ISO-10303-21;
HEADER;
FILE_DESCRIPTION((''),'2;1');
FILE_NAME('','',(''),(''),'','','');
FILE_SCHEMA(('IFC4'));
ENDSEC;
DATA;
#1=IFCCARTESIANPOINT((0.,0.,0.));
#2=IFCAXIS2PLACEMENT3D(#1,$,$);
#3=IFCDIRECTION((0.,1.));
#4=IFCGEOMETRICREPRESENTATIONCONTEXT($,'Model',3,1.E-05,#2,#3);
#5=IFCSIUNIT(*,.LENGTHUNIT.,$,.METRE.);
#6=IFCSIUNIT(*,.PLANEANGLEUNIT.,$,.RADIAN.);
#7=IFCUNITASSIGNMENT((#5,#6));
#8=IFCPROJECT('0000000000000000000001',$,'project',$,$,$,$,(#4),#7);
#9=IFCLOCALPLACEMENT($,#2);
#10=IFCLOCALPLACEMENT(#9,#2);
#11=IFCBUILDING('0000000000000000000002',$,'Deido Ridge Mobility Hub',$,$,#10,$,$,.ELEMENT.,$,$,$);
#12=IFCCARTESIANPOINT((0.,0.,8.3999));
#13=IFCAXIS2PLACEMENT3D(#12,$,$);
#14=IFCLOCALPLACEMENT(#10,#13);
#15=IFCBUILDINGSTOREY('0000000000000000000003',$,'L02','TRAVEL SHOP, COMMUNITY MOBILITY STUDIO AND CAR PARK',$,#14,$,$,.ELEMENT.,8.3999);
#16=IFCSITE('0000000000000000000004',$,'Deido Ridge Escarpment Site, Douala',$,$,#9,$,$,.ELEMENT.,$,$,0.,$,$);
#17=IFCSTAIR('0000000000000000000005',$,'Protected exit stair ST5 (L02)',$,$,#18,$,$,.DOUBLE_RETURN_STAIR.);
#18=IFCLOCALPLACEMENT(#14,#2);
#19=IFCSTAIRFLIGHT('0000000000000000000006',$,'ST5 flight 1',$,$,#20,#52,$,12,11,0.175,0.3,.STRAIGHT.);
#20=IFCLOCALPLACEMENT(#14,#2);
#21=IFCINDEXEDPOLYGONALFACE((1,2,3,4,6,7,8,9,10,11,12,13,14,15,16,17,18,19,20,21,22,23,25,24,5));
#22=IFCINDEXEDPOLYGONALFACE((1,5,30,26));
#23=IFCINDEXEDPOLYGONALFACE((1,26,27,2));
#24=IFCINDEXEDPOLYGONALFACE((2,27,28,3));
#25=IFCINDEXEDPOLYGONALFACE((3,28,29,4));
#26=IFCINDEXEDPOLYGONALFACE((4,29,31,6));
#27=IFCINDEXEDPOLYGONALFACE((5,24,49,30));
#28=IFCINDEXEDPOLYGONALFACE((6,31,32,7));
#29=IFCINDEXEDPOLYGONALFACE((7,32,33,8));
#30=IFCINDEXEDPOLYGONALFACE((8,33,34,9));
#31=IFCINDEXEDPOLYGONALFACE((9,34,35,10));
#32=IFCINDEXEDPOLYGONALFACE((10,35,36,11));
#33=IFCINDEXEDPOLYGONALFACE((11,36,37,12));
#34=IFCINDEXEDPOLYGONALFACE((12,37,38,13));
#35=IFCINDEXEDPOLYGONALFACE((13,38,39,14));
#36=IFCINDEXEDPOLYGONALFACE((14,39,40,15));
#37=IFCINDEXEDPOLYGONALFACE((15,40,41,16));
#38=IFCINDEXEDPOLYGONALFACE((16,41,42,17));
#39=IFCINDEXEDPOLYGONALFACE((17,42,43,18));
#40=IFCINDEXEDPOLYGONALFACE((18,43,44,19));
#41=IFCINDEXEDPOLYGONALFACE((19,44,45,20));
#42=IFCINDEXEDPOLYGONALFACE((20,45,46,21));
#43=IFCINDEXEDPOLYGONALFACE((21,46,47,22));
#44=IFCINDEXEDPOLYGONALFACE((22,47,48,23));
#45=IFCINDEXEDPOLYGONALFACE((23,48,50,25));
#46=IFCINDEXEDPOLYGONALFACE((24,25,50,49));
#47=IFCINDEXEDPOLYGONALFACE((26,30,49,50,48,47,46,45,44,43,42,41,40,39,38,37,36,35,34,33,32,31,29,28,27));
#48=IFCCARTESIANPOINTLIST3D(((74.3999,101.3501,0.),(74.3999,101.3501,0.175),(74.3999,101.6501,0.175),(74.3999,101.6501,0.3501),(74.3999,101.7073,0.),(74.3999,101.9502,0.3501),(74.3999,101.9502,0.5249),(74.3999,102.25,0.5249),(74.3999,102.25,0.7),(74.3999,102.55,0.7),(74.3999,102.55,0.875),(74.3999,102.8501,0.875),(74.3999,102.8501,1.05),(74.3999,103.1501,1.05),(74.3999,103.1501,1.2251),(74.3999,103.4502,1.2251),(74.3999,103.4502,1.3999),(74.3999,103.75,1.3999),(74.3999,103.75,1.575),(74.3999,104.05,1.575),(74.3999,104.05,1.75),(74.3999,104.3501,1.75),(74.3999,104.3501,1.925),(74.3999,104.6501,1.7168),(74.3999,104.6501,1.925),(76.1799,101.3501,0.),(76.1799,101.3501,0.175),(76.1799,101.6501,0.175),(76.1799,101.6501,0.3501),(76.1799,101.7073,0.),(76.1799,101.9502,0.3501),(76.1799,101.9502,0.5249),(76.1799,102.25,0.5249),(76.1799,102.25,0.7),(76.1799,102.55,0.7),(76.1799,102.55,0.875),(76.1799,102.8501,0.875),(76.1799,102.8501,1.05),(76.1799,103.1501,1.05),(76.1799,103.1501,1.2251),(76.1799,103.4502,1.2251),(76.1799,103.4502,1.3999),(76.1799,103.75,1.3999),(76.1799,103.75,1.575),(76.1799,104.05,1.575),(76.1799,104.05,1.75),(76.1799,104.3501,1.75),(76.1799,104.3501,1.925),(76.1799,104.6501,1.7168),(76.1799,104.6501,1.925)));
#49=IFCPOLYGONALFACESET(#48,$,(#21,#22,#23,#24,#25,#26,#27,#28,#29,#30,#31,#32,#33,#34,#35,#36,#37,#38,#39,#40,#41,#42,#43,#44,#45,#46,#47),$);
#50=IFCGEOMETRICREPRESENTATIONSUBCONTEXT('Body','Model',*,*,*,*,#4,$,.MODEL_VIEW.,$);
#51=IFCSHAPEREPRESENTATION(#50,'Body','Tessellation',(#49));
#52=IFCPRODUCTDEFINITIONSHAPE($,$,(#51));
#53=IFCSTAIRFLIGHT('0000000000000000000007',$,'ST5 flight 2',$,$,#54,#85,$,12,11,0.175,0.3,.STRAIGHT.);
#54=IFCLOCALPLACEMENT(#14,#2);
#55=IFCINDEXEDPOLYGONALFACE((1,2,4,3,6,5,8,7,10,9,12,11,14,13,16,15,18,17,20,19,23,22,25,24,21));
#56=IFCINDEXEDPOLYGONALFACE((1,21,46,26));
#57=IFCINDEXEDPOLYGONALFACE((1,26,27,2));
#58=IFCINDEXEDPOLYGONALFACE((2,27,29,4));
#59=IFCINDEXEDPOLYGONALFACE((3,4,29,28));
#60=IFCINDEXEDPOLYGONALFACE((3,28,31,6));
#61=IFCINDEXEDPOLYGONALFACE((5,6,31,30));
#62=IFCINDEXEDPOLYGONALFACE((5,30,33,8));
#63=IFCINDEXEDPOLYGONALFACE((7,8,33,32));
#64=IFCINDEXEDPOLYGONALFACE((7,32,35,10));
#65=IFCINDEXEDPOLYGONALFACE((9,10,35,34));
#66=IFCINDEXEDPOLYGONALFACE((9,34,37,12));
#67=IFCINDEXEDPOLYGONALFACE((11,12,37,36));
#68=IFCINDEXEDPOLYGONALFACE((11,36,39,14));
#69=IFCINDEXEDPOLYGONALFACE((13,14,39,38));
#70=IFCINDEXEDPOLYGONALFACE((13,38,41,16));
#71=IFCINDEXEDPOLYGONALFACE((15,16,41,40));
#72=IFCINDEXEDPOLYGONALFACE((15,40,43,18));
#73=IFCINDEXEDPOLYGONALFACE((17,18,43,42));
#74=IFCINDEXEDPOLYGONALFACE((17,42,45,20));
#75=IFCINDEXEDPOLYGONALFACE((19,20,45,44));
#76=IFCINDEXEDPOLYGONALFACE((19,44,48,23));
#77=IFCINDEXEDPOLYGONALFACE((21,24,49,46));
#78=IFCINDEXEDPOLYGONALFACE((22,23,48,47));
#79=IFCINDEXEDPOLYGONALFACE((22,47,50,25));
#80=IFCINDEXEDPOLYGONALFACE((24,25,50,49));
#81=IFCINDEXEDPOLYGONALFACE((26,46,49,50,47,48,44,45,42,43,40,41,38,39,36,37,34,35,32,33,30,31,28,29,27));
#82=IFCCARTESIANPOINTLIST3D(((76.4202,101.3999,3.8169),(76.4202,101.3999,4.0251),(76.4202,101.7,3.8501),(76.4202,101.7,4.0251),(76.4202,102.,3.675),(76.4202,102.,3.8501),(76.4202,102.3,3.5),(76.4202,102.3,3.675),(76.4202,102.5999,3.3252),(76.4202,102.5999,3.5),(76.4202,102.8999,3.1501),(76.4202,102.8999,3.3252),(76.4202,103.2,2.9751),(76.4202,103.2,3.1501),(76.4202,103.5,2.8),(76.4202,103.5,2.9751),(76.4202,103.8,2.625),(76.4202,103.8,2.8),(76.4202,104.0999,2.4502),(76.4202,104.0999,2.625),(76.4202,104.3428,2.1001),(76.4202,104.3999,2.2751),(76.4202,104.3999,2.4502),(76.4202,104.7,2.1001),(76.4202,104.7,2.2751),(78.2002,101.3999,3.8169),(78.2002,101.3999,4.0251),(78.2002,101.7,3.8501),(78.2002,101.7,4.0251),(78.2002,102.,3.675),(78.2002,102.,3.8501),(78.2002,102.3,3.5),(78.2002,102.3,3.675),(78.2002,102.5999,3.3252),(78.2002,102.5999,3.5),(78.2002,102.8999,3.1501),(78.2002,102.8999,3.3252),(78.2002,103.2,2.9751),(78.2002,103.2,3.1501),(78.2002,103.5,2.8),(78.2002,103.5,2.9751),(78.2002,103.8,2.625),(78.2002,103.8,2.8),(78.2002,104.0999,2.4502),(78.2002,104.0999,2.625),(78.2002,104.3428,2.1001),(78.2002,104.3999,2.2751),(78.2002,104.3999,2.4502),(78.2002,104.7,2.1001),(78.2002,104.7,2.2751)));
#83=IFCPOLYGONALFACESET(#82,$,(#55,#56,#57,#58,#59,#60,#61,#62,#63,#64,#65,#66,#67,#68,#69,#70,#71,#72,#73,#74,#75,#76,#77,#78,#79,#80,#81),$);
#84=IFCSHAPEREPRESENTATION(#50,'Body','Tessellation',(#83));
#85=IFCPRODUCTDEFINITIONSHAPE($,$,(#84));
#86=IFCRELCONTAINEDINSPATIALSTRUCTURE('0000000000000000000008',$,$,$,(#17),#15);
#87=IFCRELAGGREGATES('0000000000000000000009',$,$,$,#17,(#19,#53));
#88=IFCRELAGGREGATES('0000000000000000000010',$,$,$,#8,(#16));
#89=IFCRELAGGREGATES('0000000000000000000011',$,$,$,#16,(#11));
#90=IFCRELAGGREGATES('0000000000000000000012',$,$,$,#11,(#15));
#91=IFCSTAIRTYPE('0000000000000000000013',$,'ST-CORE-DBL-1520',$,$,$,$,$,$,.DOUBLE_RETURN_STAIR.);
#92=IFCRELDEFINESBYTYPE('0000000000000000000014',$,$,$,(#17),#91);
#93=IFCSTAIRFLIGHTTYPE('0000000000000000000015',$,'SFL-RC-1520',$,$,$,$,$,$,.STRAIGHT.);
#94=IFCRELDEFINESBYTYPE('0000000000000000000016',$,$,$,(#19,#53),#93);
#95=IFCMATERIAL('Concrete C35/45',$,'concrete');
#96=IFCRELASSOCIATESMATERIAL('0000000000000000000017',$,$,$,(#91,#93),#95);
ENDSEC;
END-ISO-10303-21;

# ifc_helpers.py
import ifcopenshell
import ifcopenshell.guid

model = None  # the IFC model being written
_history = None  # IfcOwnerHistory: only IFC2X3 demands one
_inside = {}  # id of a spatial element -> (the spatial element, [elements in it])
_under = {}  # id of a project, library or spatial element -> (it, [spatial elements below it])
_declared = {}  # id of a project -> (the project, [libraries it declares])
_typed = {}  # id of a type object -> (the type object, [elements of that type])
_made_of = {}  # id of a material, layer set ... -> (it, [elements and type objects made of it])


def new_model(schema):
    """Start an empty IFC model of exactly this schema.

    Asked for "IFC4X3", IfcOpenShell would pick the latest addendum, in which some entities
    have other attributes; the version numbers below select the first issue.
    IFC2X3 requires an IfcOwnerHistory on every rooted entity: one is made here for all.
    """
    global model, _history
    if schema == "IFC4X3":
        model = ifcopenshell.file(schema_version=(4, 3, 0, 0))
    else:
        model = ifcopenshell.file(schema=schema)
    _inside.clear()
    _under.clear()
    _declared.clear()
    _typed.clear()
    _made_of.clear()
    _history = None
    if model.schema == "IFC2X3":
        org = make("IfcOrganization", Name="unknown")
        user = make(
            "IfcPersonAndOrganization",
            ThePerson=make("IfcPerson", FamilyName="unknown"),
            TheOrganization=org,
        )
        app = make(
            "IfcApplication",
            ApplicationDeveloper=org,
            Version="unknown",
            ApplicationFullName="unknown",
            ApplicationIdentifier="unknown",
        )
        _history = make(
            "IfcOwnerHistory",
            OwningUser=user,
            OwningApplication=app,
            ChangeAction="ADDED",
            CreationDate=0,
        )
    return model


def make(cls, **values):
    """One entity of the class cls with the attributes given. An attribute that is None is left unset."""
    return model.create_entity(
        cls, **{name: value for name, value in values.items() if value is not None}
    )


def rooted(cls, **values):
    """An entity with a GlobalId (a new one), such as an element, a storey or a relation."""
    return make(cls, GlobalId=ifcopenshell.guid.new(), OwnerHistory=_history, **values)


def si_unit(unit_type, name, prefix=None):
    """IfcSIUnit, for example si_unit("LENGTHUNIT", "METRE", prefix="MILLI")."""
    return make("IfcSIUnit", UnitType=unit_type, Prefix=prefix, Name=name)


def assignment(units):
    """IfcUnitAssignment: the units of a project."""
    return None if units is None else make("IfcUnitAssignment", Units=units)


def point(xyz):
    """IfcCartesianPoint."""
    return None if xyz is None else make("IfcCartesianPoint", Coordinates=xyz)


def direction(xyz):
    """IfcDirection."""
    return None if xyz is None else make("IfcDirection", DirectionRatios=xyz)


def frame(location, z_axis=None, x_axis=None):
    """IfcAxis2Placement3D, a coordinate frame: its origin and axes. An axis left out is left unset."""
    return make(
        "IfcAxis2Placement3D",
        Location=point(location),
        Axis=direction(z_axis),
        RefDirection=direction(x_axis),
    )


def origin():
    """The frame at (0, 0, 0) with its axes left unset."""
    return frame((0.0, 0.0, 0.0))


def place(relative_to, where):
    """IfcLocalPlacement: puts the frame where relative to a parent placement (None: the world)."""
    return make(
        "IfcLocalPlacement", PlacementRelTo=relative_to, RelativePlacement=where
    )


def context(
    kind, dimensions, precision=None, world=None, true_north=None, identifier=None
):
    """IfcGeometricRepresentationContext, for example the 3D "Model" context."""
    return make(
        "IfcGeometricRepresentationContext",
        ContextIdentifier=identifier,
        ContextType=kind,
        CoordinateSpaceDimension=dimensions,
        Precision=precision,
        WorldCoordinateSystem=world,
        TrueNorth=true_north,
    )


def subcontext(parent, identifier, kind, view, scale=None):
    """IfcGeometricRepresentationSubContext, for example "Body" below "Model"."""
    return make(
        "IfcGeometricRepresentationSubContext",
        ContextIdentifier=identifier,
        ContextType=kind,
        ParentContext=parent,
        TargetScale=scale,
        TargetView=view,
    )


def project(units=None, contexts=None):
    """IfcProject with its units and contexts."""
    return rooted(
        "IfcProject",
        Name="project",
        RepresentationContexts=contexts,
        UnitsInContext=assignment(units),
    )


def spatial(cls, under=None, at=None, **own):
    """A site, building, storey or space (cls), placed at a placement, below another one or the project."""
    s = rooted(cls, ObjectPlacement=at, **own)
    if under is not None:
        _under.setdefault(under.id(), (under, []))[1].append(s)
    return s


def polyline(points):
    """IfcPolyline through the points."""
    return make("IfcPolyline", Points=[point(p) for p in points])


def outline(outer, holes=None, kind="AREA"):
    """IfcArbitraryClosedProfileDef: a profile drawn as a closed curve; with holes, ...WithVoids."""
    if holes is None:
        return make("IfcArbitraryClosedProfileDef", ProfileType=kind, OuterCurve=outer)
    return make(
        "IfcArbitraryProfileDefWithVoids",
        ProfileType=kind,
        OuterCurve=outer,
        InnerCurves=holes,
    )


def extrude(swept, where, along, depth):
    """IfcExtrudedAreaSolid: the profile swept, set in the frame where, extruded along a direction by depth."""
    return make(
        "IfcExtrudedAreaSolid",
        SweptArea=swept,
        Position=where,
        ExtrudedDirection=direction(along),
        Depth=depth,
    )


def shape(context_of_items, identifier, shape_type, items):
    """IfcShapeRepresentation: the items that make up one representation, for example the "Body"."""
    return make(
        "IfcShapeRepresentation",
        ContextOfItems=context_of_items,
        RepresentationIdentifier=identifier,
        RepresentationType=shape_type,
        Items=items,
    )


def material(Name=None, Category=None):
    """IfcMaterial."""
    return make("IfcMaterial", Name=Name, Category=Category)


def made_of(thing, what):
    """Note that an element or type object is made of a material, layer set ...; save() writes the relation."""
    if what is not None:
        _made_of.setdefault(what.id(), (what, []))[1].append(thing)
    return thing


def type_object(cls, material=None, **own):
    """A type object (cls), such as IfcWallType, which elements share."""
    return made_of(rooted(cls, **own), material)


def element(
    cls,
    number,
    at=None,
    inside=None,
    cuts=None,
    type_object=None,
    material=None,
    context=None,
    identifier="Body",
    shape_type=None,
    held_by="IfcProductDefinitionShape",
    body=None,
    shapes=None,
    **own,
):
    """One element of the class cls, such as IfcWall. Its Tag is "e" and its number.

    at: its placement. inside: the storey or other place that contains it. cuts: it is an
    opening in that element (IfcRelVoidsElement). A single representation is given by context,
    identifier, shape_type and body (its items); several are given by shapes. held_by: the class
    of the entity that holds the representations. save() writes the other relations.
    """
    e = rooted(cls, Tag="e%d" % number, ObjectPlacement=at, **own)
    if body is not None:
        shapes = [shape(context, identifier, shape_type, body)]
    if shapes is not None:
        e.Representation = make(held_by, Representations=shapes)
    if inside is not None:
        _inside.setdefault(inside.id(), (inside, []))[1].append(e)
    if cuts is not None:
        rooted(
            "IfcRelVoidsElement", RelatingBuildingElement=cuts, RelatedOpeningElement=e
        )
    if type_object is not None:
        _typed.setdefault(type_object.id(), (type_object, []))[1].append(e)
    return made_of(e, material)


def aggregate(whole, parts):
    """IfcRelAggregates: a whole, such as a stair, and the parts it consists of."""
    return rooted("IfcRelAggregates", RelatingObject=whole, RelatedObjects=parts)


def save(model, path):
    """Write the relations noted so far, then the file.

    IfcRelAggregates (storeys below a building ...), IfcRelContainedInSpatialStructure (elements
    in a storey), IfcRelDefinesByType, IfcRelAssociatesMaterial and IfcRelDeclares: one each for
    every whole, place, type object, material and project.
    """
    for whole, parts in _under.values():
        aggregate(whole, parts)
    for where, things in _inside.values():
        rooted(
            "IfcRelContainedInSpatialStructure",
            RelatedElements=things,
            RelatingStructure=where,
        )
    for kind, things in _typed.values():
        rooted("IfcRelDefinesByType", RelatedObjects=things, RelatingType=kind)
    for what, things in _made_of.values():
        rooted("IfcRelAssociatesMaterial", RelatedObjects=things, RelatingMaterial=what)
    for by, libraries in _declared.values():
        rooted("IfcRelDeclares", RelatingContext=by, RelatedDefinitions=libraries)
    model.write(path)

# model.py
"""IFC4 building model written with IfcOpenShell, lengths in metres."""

from ifc_helpers import new_model, si_unit, direction, frame, origin, place, context, subcontext, project, spatial, polyline, outline, extrude, material, type_object, element, aggregate, save


model = new_model("IFC4")

# Units and contexts
model_context = context("Model", 3, precision=1e-05, world=origin(), true_north=direction((0.0, 1.0)))
body_context = subcontext(model_context, "Body", "Model", "MODEL_VIEW")
ifc_project = project(units=[si_unit("LENGTHUNIT", "METRE"), si_unit("PLANEANGLEUNIT", "RADIAN")], contexts=[model_context])

# Site, building, storey
site_placement = place(None, origin())
site = spatial("IfcSite", under=ifc_project, at=site_placement, Name="Deido Ridge Escarpment Site, Douala", CompositionType="ELEMENT", RefElevation=0.0)
building_placement = place(site_placement, origin())
building = spatial("IfcBuilding", under=site, at=building_placement, Name="Deido Ridge Mobility Hub", CompositionType="ELEMENT")
storey_placement = place(building_placement, frame((0.0, 0.0, 8.3999)))
storey = spatial("IfcBuildingStorey", under=building, at=storey_placement, Name="L02", Description="TRAVEL SHOP, COMMUNITY MOBILITY STUDIO AND CAR PARK", CompositionType="ELEMENT", Elevation=8.3999)

# Stair, stair flights
ifc_material_1 = material(Name="Concrete C35/45", Category="concrete")
stair_type = type_object("IfcStairType", Name="ST-CORE-DBL-1520", PredefinedType="DOUBLE_RETURN_STAIR", material=ifc_material_1)
stair_placement = place(storey_placement, origin())
stair = element("IfcStair", 1, at=stair_placement, inside=storey, type_object=stair_type, Name="Protected exit stair ST5 (L02)", PredefinedType="DOUBLE_RETURN_STAIR")
stair_flight_type = type_object("IfcStairFlightType", Name="SFL-RC-1520", PredefinedType="STRAIGHT", material=ifc_material_1)
stair_flight_1_placement = place(storey_placement, frame((75.29, 101.3501, 0.0), z_axis=(0.0, 0.0, 1.0), x_axis=(0.0, 1.0, 0.0)))
stair_flight_1 = element("IfcStairFlight", 2, at=stair_flight_1_placement, type_object=stair_flight_type, Name="ST5 flight 1", NumberOfRisers=12, NumberOfTreads=11, PredefinedType="STRAIGHT", RiserHeight=0.175, TreadLength=0.3, context=body_context, shape_type="SweptSolid", body=[
    extrude(outline(polyline([(0.0, 0.0), (0.0, 0.175), (0.3, 0.175), (0.3, 0.3501), (0.6001, 0.3501), (0.6001, 0.5249), (0.8999, 0.5249), (0.8999, 0.7), (1.2, 0.7), (1.2, 0.875), (1.5, 0.875), (1.5, 1.05), (1.8, 1.05), (1.8, 1.2251), (2.1001, 1.2251), (2.1001, 1.3999), (2.3999, 1.3999), (2.3999, 1.575), (2.7, 1.575), (2.7, 1.75), (3.0, 1.75), (3.0, 1.925), (3.3, 1.925), (3.3, 2.1001), (3.3, 1.7168), (0.3572, 0.0), (0.0, 0.0)])), frame((0.0, 0.8901, 0.0), z_axis=(0.0, -1.0, 0.0), x_axis=(1.0, 0.0, 0.0)), (0.0, 0.0, 1.0), 1.78),
])
stair_flight_2_placement = place(storey_placement, frame((77.3101, 104.7, 2.1001), z_axis=(0.0, 0.0, 1.0), x_axis=(0.0, -1.0, 0.0)))
stair_flight_2 = element("IfcStairFlight", 3, at=stair_flight_2_placement, type_object=stair_flight_type, Name="ST5 flight 2", NumberOfRisers=12, NumberOfTreads=11, PredefinedType="STRAIGHT", RiserHeight=0.175, TreadLength=0.3, context=body_context, shape_type="SweptSolid", body=[
    extrude(outline(polyline([(0.0, 0.0), (0.0, 0.175), (0.3, 0.175), (0.3, 0.3501), (0.6001, 0.3501), (0.6001, 0.5249), (0.8999, 0.5249), (0.8999, 0.7), (1.2, 0.7), (1.2, 0.875), (1.5, 0.875), (1.5, 1.05), (1.8, 1.05), (1.8, 1.2251), (2.1001, 1.2251), (2.1001, 1.3999), (2.3999, 1.3999), (2.3999, 1.575), (2.7, 1.575), (2.7, 1.75), (3.0, 1.75), (3.0, 1.925), (3.3, 1.925), (3.3, 2.1001), (3.3, 1.7168), (0.3572, 0.0), (0.0, 0.0)])), frame((0.0, 0.8901, 0.0), z_axis=(0.0, -1.0, 0.0), x_axis=(1.0, 0.0, 0.0)), (0.0, 0.0, 1.0), 1.78),
])
aggregate(stair, [stair_flight_1, stair_flight_2])

save(model, "model.ifc")
